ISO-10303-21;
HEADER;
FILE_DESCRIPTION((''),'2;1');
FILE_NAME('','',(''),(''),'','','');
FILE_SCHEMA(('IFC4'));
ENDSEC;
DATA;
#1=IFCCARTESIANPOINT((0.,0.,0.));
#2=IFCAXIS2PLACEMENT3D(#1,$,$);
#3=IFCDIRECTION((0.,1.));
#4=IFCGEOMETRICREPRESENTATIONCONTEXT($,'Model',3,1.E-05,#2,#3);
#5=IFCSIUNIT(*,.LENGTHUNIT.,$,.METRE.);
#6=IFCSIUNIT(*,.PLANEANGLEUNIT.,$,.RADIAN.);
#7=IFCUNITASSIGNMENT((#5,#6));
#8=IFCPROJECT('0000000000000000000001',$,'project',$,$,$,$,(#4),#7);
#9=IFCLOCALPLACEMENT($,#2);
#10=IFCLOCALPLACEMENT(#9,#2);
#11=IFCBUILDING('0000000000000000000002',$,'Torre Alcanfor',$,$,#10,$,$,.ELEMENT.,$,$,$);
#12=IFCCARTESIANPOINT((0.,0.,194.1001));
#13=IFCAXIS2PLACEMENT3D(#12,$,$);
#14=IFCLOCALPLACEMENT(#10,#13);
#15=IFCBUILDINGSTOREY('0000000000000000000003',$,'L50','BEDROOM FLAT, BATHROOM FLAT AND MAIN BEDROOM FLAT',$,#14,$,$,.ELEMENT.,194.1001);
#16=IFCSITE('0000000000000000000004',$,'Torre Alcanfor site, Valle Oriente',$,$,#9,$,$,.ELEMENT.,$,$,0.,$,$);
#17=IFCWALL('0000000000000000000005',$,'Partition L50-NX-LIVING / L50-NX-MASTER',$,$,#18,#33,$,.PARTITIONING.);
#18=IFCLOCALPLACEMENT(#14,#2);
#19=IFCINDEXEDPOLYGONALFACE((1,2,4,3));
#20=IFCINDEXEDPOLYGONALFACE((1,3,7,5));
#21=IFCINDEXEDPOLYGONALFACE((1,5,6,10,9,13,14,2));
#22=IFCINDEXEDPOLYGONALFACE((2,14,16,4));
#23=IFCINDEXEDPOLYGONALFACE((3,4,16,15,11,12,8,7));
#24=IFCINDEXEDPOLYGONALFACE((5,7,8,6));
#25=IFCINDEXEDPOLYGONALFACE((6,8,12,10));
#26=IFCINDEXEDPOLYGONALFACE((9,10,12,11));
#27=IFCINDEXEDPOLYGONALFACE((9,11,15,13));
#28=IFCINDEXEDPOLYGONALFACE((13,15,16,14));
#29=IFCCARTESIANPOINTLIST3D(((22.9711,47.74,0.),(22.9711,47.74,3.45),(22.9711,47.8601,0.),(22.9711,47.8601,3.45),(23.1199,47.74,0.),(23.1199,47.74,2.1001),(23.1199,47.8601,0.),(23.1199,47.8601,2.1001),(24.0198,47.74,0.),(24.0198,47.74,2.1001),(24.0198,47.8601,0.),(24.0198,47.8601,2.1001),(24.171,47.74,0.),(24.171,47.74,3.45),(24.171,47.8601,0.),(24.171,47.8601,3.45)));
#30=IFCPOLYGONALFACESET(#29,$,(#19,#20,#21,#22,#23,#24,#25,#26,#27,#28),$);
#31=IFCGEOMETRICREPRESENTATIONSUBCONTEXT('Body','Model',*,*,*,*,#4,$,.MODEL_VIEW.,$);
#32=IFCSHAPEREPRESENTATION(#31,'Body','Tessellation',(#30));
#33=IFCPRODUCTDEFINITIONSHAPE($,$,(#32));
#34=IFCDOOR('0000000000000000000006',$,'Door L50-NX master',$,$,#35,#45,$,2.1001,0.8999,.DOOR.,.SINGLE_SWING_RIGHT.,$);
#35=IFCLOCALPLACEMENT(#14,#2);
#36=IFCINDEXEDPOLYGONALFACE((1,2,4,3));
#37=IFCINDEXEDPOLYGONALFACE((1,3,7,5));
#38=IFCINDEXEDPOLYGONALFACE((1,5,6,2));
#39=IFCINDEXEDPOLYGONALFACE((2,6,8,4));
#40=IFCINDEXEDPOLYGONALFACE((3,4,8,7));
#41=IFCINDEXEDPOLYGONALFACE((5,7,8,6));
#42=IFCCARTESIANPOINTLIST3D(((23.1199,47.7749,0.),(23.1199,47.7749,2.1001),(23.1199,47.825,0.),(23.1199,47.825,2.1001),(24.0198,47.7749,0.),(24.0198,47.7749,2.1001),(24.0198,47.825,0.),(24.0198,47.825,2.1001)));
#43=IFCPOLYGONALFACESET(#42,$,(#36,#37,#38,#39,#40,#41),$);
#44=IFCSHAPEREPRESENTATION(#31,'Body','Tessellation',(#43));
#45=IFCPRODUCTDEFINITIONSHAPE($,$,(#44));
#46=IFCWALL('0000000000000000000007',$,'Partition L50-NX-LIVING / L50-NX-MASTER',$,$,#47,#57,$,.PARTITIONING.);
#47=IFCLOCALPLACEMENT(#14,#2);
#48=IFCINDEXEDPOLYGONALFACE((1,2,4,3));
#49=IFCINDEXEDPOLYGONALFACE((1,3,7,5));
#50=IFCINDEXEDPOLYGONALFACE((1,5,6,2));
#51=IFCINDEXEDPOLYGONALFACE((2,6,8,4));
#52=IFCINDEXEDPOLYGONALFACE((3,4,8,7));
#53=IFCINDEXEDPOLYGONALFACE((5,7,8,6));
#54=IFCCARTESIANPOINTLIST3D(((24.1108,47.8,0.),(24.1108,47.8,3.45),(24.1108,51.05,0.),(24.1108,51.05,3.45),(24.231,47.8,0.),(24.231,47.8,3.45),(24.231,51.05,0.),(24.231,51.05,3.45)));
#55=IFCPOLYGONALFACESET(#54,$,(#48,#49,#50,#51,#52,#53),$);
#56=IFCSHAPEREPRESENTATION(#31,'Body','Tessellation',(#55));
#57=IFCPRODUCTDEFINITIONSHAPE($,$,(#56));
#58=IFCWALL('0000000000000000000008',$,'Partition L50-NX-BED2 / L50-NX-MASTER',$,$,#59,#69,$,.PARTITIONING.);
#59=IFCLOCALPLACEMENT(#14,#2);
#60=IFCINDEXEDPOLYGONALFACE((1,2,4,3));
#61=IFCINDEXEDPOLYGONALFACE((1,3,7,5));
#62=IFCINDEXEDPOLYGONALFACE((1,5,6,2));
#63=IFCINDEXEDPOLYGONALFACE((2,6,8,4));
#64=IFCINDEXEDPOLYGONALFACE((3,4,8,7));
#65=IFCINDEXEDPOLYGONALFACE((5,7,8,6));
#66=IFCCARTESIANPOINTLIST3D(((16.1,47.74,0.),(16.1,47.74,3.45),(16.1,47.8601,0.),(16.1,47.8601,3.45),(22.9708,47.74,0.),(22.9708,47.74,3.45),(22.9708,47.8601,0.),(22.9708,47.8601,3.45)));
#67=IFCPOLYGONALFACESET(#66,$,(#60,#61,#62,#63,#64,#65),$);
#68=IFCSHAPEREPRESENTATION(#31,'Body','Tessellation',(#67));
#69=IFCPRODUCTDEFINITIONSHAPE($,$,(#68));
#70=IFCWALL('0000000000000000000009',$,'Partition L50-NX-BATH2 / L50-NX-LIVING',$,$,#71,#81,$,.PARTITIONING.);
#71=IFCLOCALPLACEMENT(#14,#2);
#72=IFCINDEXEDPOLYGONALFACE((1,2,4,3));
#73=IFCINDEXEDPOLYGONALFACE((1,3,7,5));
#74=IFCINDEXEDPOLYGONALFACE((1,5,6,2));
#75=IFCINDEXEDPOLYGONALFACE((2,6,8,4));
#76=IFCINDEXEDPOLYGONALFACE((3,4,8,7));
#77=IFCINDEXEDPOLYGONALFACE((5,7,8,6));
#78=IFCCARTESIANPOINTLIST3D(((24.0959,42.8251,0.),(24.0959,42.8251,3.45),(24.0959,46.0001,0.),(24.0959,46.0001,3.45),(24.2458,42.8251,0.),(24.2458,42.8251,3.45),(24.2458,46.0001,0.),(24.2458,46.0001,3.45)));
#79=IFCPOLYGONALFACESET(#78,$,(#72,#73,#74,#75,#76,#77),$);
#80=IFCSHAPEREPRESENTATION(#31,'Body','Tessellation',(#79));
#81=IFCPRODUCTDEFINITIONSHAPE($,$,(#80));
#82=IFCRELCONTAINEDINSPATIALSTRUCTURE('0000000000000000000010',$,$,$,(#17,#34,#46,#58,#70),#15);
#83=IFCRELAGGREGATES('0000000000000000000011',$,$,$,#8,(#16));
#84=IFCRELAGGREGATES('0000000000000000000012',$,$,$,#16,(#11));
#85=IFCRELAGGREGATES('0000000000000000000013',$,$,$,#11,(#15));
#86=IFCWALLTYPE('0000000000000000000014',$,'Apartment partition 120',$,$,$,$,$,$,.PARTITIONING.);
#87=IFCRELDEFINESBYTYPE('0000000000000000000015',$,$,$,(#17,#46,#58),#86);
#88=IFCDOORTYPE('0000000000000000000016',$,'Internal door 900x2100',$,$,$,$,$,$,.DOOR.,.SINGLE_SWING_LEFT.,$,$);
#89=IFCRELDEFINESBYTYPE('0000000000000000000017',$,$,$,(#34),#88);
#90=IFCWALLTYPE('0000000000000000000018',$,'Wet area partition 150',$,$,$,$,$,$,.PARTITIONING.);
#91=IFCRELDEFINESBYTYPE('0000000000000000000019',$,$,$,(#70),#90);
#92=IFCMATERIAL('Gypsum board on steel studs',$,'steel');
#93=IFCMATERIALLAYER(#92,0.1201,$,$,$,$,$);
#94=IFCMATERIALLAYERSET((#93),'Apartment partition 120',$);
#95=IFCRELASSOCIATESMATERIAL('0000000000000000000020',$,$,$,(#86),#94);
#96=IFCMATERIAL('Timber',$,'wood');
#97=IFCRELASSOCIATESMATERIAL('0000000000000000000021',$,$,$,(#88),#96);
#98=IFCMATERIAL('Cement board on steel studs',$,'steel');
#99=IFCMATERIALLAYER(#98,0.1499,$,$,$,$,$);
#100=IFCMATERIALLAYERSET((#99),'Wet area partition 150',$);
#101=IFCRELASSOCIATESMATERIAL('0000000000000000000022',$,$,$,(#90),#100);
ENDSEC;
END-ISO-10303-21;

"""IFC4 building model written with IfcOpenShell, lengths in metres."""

from ifc_helpers import new_model, si_unit, direction, frame, frame_2d, origin, place, context, subcontext, project, spatial, rectangle, extrude, material, layer, layer_set, type_object, element, fill, save


model = new_model("IFC4")

# Units and contexts
model_context = context("Model", 3, precision=1e-05, world=origin(), true_north=direction((0.0, 1.0)))
body_context = subcontext(model_context, "Body", "Model", "MODEL_VIEW")
ifc_project = project(units=[si_unit("LENGTHUNIT", "METRE"), si_unit("PLANEANGLEUNIT", "RADIAN")], contexts=[model_context])

# Site, building, storey
site_placement = place(None, origin())
site = spatial("IfcSite", under=ifc_project, at=site_placement, Name="Torre Alcanfor site, Valle Oriente", CompositionType="ELEMENT", RefElevation=0.0)
building_placement = place(site_placement, origin())
building = spatial("IfcBuilding", under=site, at=building_placement, Name="Torre Alcanfor", CompositionType="ELEMENT")
storey_placement = place(building_placement, frame((0.0, 0.0, 194.1001)))
storey = spatial("IfcBuildingStorey", under=building, at=storey_placement, Name="L50", Description="BEDROOM FLAT, BATHROOM FLAT AND MAIN BEDROOM FLAT", CompositionType="ELEMENT", Elevation=194.1001)

# Wall, opening, door
ifc_material_1 = material(Name="Gypsum board on steel studs", Category="steel")
ifc_layer_1 = layer(ifc_material_1, 0.1201)
ifc_layer_set_1 = layer_set([ifc_layer_1], Name="Apartment partition 120")
wall_type_1 = type_object("IfcWallType", Name="Apartment partition 120", PredefinedType="PARTITIONING", material=ifc_layer_set_1)
ifc_material_2 = material(Name="Timber", Category="wood")
door_type = type_object("IfcDoorType", Name="Internal door 900x2100", OperationType="SINGLE_SWING_LEFT", PredefinedType="DOOR", material=ifc_material_2)
wall_1_placement = place(storey_placement, frame((22.9709, 47.8, 0.0), z_axis=(0.0, 0.0, 1.0), x_axis=(1.0, 0.0, 0.0)))
wall_1 = element("IfcWall", 1, at=wall_1_placement, inside=storey, type_object=wall_type_1, Name="Partition L50-NX-LIVING / L50-NX-MASTER", PredefinedType="PARTITIONING", context=body_context, shape_type="SweptSolid", body=[
    extrude(rectangle(XDim=1.2, YDim=0.1201, at=frame_2d((0.6001, 0.0))), origin(), (0.0, 0.0, 1.0), 3.45),
])
opening_1_placement = place(wall_1_placement, frame((0.1489, 0.0, 0.0)))
opening_1 = element("IfcOpeningElement", 2, at=opening_1_placement, cuts=wall_1, PredefinedType="OPENING", context=body_context, shape_type="SweptSolid", body=[
    extrude(rectangle(XDim=0.8999, YDim=2.1001, at=frame_2d((0.45, 1.05))), frame((0.0, 0.0701, 0.0), z_axis=(0.0, -1.0, 0.0), x_axis=(1.0, 0.0, 0.0)), (0.0, 0.0, 1.0), 0.1401),
])
door_1_placement = place(opening_1_placement, origin())
door_1 = element("IfcDoor", 3, at=door_1_placement, inside=storey, type_object=door_type, Name="Door L50-NX master", OperationType="SINGLE_SWING_RIGHT", OverallHeight=2.1001, OverallWidth=0.8999, PredefinedType="DOOR", context=body_context, shape_type="SweptSolid", body=[
    extrude(rectangle(XDim=0.8999, YDim=2.1001, at=frame_2d((0.45, 1.05))), frame((0.0, 0.0249, 0.0), z_axis=(0.0, -1.0, 0.0), x_axis=(1.0, 0.0, 0.0)), (0.0, 0.0, 1.0), 0.05),
])
fill(opening_1, door_1)

# Walls
wall_2_placement = place(storey_placement, frame((24.1709, 47.8, 0.0), z_axis=(0.0, 0.0, 1.0), x_axis=(0.0, 1.0, 0.0)))
element("IfcWall", 4, at=wall_2_placement, inside=storey, type_object=wall_type_1, Name="Partition L50-NX-LIVING / L50-NX-MASTER", PredefinedType="PARTITIONING", context=body_context, shape_type="SweptSolid", body=[
    extrude(rectangle(XDim=3.25, YDim=0.1201, at=frame_2d((1.625, 0.0))), origin(), (0.0, 0.0, 1.0), 3.45),
])
wall_3_placement = place(storey_placement, frame((22.9709, 47.8, 0.0), z_axis=(0.0, 0.0, 1.0), x_axis=(-1.0, 0.0, 0.0)))
element("IfcWall", 5, at=wall_3_placement, inside=storey, type_object=wall_type_1, Name="Partition L50-NX-BED2 / L50-NX-MASTER", PredefinedType="PARTITIONING", context=body_context, shape_type="SweptSolid", body=[
    extrude(rectangle(XDim=6.8708, YDim=0.1201, at=frame_2d((3.4355, 0.0))), origin(), (0.0, 0.0, 1.0), 3.45),
])
ifc_material_3 = material(Name="Cement board on steel studs", Category="steel")
ifc_layer_2 = layer(ifc_material_3, 0.1499)
ifc_layer_set_2 = layer_set([ifc_layer_2], Name="Wet area partition 150")
wall_type_2 = type_object("IfcWallType", Name="Wet area partition 150", PredefinedType="PARTITIONING", material=ifc_layer_set_2)
wall_4_placement = place(storey_placement, frame((24.1709, 46.0, 0.0), z_axis=(0.0, 0.0, 1.0), x_axis=(0.0, -1.0, 0.0)))
element("IfcWall", 6, at=wall_4_placement, inside=storey, type_object=wall_type_2, Name="Partition L50-NX-BATH2 / L50-NX-LIVING", PredefinedType="PARTITIONING", context=body_context, shape_type="SweptSolid", body=[
    extrude(rectangle(XDim=3.175, YDim=0.1499, at=frame_2d((1.5874, 0.0))), origin(), (0.0, 0.0, 1.0), 3.45),
])

save(model, "model.ifc")
